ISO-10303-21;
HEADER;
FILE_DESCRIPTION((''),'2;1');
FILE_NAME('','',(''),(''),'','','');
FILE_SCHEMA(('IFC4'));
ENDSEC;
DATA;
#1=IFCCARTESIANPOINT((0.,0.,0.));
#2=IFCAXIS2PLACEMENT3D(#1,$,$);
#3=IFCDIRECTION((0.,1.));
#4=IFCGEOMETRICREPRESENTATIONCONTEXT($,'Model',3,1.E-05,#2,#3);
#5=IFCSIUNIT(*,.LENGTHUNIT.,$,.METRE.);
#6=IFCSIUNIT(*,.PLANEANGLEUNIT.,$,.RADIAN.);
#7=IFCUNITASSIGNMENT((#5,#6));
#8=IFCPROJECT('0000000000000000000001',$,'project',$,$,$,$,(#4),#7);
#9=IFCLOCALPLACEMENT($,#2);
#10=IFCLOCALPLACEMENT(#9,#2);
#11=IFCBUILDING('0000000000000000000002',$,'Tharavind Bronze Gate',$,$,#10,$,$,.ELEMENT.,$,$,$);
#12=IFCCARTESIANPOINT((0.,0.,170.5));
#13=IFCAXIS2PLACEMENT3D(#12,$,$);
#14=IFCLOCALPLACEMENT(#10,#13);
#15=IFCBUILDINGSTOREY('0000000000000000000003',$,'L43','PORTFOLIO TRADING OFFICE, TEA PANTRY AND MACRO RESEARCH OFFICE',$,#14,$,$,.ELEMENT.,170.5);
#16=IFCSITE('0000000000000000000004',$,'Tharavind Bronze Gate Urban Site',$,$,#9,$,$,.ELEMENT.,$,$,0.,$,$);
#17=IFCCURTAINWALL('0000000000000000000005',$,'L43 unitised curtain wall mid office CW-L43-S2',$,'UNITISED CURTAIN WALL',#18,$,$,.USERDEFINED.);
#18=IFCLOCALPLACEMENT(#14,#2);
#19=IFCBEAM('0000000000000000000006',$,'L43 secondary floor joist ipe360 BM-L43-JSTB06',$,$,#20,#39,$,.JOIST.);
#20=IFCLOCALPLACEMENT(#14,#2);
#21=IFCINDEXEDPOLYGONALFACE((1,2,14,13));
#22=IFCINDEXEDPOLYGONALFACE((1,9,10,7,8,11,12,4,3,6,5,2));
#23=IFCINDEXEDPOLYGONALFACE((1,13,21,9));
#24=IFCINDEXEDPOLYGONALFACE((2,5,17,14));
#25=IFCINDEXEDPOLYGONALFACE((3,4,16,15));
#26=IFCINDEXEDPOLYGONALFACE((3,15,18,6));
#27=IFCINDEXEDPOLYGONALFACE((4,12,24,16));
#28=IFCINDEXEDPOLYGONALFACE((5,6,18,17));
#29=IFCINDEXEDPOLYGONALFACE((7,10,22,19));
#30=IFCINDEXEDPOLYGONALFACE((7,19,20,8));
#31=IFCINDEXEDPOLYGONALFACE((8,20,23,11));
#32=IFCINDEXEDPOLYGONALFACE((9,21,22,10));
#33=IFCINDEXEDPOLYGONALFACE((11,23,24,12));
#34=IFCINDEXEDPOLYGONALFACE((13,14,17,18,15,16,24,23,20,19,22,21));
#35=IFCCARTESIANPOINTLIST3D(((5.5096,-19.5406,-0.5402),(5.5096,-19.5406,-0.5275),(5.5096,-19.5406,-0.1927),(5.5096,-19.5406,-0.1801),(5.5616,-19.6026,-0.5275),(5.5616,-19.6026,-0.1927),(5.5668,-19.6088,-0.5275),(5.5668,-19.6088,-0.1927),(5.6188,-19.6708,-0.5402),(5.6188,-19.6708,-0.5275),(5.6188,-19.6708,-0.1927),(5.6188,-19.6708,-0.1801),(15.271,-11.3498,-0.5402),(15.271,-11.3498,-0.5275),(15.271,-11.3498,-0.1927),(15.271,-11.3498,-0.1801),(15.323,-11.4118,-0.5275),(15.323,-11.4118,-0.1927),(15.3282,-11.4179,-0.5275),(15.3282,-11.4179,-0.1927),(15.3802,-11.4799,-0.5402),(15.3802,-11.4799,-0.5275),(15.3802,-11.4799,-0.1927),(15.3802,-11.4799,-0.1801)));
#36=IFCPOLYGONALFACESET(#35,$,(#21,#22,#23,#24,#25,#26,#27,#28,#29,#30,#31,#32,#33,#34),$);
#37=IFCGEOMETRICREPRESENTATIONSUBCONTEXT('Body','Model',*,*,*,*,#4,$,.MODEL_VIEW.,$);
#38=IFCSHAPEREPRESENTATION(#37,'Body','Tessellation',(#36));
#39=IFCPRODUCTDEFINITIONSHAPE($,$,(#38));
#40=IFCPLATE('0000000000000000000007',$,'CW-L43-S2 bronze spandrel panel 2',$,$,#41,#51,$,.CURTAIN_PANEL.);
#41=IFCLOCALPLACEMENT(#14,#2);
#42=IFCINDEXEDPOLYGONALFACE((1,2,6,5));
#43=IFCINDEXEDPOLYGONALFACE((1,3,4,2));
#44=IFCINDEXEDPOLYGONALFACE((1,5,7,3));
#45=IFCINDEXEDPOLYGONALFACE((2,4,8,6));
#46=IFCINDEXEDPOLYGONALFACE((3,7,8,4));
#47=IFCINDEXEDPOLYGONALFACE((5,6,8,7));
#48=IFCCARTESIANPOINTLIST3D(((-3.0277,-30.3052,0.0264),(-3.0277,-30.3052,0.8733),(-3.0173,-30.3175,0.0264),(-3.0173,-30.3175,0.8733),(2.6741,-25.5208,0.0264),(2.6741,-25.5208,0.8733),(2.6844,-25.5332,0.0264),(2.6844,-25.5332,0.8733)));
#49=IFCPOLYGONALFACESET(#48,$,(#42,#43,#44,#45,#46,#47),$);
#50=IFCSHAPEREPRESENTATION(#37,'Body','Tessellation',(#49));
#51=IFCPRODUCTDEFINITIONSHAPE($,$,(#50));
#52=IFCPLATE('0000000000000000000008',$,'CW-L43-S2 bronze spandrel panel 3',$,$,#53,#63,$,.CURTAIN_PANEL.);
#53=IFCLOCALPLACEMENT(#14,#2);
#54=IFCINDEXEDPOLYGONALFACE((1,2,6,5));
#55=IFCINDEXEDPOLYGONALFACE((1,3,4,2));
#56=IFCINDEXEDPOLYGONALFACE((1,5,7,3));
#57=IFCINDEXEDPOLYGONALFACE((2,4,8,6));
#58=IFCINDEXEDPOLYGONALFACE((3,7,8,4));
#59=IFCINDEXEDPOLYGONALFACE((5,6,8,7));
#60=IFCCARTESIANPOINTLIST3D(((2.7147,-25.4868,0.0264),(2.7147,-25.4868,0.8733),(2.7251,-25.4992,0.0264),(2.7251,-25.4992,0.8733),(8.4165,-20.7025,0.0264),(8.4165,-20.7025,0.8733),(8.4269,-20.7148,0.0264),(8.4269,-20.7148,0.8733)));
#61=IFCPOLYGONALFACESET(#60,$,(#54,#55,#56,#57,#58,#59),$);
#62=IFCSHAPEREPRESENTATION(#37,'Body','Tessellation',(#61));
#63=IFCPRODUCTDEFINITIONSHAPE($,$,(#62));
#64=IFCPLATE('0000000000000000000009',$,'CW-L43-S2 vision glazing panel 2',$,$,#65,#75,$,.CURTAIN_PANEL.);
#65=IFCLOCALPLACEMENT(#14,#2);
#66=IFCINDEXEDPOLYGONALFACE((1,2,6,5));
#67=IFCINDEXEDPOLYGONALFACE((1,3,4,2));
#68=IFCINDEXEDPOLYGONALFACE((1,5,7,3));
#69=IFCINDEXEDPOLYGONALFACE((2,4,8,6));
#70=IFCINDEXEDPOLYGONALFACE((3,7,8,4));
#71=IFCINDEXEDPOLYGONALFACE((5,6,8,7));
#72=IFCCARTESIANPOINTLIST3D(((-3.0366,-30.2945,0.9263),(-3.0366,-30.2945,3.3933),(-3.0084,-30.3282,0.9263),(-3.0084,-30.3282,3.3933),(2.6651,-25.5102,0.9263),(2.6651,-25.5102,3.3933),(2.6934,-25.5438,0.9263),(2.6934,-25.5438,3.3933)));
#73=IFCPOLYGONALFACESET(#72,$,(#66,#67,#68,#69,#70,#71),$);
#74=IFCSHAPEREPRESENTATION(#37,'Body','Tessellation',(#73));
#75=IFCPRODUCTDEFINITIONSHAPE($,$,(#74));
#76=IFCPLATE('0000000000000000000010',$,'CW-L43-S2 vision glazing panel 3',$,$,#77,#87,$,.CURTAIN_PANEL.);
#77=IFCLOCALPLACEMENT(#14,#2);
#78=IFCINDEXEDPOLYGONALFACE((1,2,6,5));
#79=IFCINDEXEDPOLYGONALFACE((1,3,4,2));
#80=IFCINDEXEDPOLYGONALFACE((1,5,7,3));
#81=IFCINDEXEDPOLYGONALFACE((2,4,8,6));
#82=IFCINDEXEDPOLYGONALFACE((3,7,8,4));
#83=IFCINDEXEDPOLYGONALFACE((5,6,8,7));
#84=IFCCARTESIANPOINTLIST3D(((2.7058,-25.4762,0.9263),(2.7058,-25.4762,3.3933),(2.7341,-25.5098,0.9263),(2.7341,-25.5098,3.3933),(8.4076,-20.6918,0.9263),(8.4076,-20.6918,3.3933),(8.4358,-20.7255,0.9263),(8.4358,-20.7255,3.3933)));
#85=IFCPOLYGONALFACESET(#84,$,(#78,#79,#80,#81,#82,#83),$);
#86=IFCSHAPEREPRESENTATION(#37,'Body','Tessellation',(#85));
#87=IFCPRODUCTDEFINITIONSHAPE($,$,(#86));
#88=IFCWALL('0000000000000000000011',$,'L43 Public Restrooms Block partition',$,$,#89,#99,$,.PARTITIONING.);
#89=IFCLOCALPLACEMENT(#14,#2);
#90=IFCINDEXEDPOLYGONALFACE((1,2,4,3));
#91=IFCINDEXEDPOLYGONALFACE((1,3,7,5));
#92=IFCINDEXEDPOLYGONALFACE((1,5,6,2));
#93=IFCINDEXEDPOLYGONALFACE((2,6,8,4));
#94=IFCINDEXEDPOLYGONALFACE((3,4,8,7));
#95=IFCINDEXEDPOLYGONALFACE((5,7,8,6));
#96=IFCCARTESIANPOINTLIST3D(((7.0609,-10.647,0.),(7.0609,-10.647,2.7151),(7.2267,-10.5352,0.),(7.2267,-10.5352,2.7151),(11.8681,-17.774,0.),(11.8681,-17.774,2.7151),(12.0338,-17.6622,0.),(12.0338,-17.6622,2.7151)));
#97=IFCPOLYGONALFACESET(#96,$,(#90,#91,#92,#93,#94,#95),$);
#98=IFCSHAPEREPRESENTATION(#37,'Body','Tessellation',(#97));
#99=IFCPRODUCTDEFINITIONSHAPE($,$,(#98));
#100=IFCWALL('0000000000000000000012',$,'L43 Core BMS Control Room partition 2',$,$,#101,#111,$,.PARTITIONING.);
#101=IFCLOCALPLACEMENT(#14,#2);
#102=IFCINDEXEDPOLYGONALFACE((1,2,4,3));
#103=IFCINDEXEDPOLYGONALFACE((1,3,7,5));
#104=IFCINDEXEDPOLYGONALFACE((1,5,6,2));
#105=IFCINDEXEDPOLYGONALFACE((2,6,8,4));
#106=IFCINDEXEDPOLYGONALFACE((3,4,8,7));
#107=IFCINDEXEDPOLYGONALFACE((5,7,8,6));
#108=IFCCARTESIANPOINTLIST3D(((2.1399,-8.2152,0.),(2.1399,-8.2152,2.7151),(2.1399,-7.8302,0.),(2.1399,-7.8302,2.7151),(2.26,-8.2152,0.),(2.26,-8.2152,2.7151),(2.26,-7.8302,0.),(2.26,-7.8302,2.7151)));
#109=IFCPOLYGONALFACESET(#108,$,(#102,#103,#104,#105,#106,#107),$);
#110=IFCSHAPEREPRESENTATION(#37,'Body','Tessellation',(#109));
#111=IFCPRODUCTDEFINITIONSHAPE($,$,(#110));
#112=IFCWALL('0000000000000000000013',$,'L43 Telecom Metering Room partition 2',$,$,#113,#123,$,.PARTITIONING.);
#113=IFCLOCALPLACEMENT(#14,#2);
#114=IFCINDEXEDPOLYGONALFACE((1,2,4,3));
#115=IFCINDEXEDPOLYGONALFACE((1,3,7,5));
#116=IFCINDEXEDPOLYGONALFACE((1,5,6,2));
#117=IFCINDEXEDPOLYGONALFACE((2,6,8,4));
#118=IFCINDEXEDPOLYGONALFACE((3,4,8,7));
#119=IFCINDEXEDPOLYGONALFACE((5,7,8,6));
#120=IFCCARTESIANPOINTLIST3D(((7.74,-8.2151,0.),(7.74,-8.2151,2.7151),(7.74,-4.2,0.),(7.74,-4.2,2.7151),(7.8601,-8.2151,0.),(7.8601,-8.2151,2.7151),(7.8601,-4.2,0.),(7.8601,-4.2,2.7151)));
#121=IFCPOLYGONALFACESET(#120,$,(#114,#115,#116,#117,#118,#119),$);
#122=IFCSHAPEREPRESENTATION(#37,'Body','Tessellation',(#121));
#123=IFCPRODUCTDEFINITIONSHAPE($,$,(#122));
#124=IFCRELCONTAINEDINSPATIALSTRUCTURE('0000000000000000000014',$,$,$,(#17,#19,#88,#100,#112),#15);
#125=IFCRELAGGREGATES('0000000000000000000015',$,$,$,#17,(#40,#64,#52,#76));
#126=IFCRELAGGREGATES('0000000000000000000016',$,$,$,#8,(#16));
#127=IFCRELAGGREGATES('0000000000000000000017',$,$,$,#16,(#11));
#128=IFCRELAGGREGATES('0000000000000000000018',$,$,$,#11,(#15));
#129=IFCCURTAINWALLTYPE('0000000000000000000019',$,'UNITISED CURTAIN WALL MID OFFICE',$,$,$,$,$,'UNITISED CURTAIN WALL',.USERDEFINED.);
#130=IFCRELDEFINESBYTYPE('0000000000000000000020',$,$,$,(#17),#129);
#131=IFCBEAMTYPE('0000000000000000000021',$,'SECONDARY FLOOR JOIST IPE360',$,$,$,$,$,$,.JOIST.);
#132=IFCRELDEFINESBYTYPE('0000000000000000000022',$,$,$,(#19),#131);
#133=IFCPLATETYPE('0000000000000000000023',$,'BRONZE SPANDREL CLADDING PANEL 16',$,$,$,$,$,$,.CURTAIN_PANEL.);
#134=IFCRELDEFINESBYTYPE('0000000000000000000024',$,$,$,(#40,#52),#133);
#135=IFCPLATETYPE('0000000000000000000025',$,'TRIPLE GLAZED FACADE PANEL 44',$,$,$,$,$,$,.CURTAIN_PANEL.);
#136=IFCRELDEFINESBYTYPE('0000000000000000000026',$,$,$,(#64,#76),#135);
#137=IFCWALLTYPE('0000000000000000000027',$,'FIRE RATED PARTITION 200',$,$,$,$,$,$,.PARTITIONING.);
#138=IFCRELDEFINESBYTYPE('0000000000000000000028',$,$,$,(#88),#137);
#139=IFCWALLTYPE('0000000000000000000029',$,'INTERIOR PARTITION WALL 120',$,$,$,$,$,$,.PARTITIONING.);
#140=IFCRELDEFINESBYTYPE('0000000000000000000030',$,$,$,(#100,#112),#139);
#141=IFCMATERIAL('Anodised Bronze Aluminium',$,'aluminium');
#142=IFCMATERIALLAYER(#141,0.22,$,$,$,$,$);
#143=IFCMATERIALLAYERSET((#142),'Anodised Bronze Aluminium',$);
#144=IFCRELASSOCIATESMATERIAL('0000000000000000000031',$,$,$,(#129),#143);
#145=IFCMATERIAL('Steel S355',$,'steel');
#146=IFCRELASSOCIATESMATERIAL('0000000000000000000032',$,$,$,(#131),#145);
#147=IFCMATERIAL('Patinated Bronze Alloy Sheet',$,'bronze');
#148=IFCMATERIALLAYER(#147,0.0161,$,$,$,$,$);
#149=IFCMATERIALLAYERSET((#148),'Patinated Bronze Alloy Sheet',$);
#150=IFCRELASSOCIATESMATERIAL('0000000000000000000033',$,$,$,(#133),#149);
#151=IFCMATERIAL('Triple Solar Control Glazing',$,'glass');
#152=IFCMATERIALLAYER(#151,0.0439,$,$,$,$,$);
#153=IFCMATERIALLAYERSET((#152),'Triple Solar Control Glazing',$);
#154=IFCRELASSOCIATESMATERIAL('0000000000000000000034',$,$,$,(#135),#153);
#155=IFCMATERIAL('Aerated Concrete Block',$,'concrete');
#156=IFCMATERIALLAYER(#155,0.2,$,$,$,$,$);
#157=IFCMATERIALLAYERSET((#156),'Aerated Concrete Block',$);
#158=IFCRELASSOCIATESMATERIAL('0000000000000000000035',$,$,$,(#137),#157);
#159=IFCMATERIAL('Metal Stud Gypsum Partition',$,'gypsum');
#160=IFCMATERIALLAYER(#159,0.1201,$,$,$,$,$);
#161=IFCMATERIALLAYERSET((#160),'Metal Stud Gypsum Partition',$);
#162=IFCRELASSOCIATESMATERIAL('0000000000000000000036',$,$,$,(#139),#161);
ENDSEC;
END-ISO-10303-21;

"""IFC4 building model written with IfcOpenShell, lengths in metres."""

from ifc_helpers import new_model, si_unit, direction, frame, frame_2d, origin, origin_2d, place, context, subcontext, project, spatial, rectangle, i_section, extrude, material, layer, layer_set, material_profile, profile_set, type_object, element, aggregate, save


model = new_model("IFC4")

# Units and contexts
model_context = context("Model", 3, precision=1e-05, world=origin(), true_north=direction((0.0, 1.0)))
body_context = subcontext(model_context, "Body", "Model", "MODEL_VIEW")
ifc_project = project(units=[si_unit("LENGTHUNIT", "METRE"), si_unit("PLANEANGLEUNIT", "RADIAN")], contexts=[model_context])

# Site, building, storey
site_placement = place(None, origin())
site = spatial("IfcSite", under=ifc_project, at=site_placement, Name="Tharavind Bronze Gate Urban Site", CompositionType="ELEMENT", RefElevation=0.0)
building_placement = place(site_placement, origin())
building = spatial("IfcBuilding", under=site, at=building_placement, Name="Tharavind Bronze Gate", CompositionType="ELEMENT")
storey_placement = place(building_placement, frame((0.0, 0.0, 170.5)))
storey = spatial("IfcBuildingStorey", under=building, at=storey_placement, Name="L43", Description="PORTFOLIO TRADING OFFICE, TEA PANTRY AND MACRO RESEARCH OFFICE", CompositionType="ELEMENT", Elevation=170.5)

# Curtain wall
ifc_material_1 = material(Name="Anodised Bronze Aluminium", Category="aluminium")
ifc_layer_1 = layer(ifc_material_1, 0.22)
ifc_layer_set_1 = layer_set([ifc_layer_1], Name="Anodised Bronze Aluminium")
curtain_wall_type = type_object("IfcCurtainWallType", Name="UNITISED CURTAIN WALL MID OFFICE", ElementType="UNITISED CURTAIN WALL", PredefinedType="USERDEFINED", material=ifc_layer_set_1)
curtain_wall_placement = place(storey_placement, origin())
curtain_wall = element("IfcCurtainWall", 1, at=curtain_wall_placement, inside=storey, type_object=curtain_wall_type, Name="L43 unitised curtain wall mid office CW-L43-S2", ObjectType="UNITISED CURTAIN WALL", PredefinedType="USERDEFINED")

# Beam
ifc_material_2 = material(Name="Steel S355", Category="steel")
ifc_material_profile_1 = material_profile(ifc_material_2, i_section(OverallWidth=0.1699, OverallDepth=0.3601, WebThickness=0.0081, FlangeThickness=0.0127, at=origin_2d()), Name="IPE360")
ifc_profile_set_1 = profile_set([ifc_material_profile_1], Name="Steel S355")
beam_type_1 = type_object("IfcBeamType", Name="SECONDARY FLOOR JOIST IPE360", PredefinedType="JOIST", material=ifc_profile_set_1)
beam_1_placement = place(storey_placement, frame((5.5642, -19.6057, -0.3601), z_axis=(0.766042, 0.642791, 0.0), x_axis=(-0.642791, 0.766042, 0.0)))
element("IfcBeam", 2, at=beam_1_placement, inside=storey, type_object=beam_type_1, Name="L43 secondary floor joist ipe360 BM-L43-JSTB06", PredefinedType="JOIST", context=body_context, shape_type="SweptSolid", body=[
    extrude(i_section(OverallWidth=0.1699, OverallDepth=0.3601, WebThickness=0.0081, FlangeThickness=0.0127, at=origin_2d()), origin(), (0.0, 0.0, 1.0), 12.7427),
])

# Plates
ifc_material_3 = material(Name="Patinated Bronze Alloy Sheet", Category="bronze")
ifc_layer_2 = layer(ifc_material_3, 0.0161)
ifc_layer_set_2 = layer_set([ifc_layer_2], Name="Patinated Bronze Alloy Sheet")
plate_type_1 = type_object("IfcPlateType", Name="BRONZE SPANDREL CLADDING PANEL 16", PredefinedType="CURTAIN_PANEL", material=ifc_layer_set_2)
plate_1_placement = place(storey_placement, frame((-0.1716, -27.9192, 0.0264), z_axis=(0.0, 0.0, 1.0), x_axis=(0.766043, 0.642789, 0.0)))
plate_1 = element("IfcPlate", 3, at=plate_1_placement, type_object=plate_type_1, Name="CW-L43-S2 bronze spandrel panel 2", PredefinedType="CURTAIN_PANEL", context=body_context, shape_type="SweptSolid", body=[
    extrude(rectangle(XDim=7.4431, YDim=0.0161, at=origin_2d()), origin(), (0.0, 0.0, 1.0), 0.8469),
])
plate_2_placement = place(storey_placement, frame((5.5708, -23.1008, 0.0264), z_axis=(0.0, 0.0, 1.0), x_axis=(0.766043, 0.642789, 0.0)))
plate_2 = element("IfcPlate", 4, at=plate_2_placement, type_object=plate_type_1, Name="CW-L43-S2 bronze spandrel panel 3", PredefinedType="CURTAIN_PANEL", context=body_context, shape_type="SweptSolid", body=[
    extrude(rectangle(XDim=7.4431, YDim=0.0161, at=origin_2d()), origin(), (0.0, 0.0, 1.0), 0.8469),
])
ifc_material_4 = material(Name="Triple Solar Control Glazing", Category="glass")
ifc_layer_3 = layer(ifc_material_4, 0.0439)
ifc_layer_set_3 = layer_set([ifc_layer_3], Name="Triple Solar Control Glazing")
plate_type_2 = type_object("IfcPlateType", Name="TRIPLE GLAZED FACADE PANEL 44", PredefinedType="CURTAIN_PANEL", material=ifc_layer_set_3)
plate_3_placement = place(storey_placement, frame((-0.1716, -27.9192, 0.9263), z_axis=(0.0, 0.0, 1.0), x_axis=(0.766043, 0.642789, 0.0)))
plate_3 = element("IfcPlate", 5, at=plate_3_placement, type_object=plate_type_2, Name="CW-L43-S2 vision glazing panel 2", PredefinedType="CURTAIN_PANEL", context=body_context, shape_type="SweptSolid", body=[
    extrude(rectangle(XDim=7.4431, YDim=0.0439, at=origin_2d()), origin(), (0.0, 0.0, 1.0), 2.467),
])
plate_4_placement = place(storey_placement, frame((5.5708, -23.1008, 0.9263), z_axis=(0.0, 0.0, 1.0), x_axis=(0.766043, 0.642789, 0.0)))
plate_4 = element("IfcPlate", 6, at=plate_4_placement, type_object=plate_type_2, Name="CW-L43-S2 vision glazing panel 3", PredefinedType="CURTAIN_PANEL", context=body_context, shape_type="SweptSolid", body=[
    extrude(rectangle(XDim=7.4431, YDim=0.0439, at=origin_2d()), origin(), (0.0, 0.0, 1.0), 2.467),
])
aggregate(curtain_wall, [plate_1, plate_3, plate_2, plate_4])

# Walls
ifc_material_5 = material(Name="Aerated Concrete Block", Category="concrete")
ifc_layer_4 = layer(ifc_material_5, 0.2)
ifc_layer_set_4 = layer_set([ifc_layer_4], Name="Aerated Concrete Block")
wall_type_1 = type_object("IfcWallType", Name="FIRE RATED PARTITION 200", PredefinedType="PARTITIONING", material=ifc_layer_set_4)
wall_1_placement = place(storey_placement, frame((7.1438, -10.5911, 0.0), z_axis=(0.0, 0.0, 1.0), x_axis=(0.559188, -0.829041, 0.0)))
element("IfcWall", 7, at=wall_1_placement, inside=storey, type_object=wall_type_1, Name="L43 Public Restrooms Block partition", PredefinedType="PARTITIONING", context=body_context, shape_type="SweptSolid", body=[
    extrude(rectangle(XDim=8.5967, YDim=0.2, at=frame_2d((4.2983, 0.0))), origin(), (0.0, 0.0, 1.0), 2.7151),
])
ifc_material_6 = material(Name="Metal Stud Gypsum Partition", Category="gypsum")
ifc_layer_5 = layer(ifc_material_6, 0.1201)
ifc_layer_set_5 = layer_set([ifc_layer_5], Name="Metal Stud Gypsum Partition")
wall_type_2 = type_object("IfcWallType", Name="INTERIOR PARTITION WALL 120", PredefinedType="PARTITIONING", material=ifc_layer_set_5)
wall_2_placement = place(storey_placement, frame((2.2, -8.2151, 0.0), z_axis=(0.0, 0.0, 1.0), x_axis=(0.0, 1.0, 0.0)))
element("IfcWall", 8, at=wall_2_placement, inside=storey, type_object=wall_type_2, Name="L43 Core BMS Control Room partition 2", PredefinedType="PARTITIONING", context=body_context, shape_type="SweptSolid", body=[
    extrude(rectangle(XDim=0.385, YDim=0.1201, at=frame_2d((0.1924, 0.0))), origin(), (0.0, 0.0, 1.0), 2.7151),
])
wall_3_placement = place(storey_placement, frame((7.8, -8.2151, 0.0), z_axis=(0.0, 0.0, 1.0), x_axis=(0.0, 1.0, 0.0)))
element("IfcWall", 9, at=wall_3_placement, inside=storey, type_object=wall_type_2, Name="L43 Telecom Metering Room partition 2", PredefinedType="PARTITIONING", context=body_context, shape_type="SweptSolid", body=[
    extrude(rectangle(XDim=4.0151, YDim=0.1201, at=frame_2d((2.0076, 0.0))), origin(), (0.0, 0.0, 1.0), 2.7151),
])

save(model, "model.ifc")
